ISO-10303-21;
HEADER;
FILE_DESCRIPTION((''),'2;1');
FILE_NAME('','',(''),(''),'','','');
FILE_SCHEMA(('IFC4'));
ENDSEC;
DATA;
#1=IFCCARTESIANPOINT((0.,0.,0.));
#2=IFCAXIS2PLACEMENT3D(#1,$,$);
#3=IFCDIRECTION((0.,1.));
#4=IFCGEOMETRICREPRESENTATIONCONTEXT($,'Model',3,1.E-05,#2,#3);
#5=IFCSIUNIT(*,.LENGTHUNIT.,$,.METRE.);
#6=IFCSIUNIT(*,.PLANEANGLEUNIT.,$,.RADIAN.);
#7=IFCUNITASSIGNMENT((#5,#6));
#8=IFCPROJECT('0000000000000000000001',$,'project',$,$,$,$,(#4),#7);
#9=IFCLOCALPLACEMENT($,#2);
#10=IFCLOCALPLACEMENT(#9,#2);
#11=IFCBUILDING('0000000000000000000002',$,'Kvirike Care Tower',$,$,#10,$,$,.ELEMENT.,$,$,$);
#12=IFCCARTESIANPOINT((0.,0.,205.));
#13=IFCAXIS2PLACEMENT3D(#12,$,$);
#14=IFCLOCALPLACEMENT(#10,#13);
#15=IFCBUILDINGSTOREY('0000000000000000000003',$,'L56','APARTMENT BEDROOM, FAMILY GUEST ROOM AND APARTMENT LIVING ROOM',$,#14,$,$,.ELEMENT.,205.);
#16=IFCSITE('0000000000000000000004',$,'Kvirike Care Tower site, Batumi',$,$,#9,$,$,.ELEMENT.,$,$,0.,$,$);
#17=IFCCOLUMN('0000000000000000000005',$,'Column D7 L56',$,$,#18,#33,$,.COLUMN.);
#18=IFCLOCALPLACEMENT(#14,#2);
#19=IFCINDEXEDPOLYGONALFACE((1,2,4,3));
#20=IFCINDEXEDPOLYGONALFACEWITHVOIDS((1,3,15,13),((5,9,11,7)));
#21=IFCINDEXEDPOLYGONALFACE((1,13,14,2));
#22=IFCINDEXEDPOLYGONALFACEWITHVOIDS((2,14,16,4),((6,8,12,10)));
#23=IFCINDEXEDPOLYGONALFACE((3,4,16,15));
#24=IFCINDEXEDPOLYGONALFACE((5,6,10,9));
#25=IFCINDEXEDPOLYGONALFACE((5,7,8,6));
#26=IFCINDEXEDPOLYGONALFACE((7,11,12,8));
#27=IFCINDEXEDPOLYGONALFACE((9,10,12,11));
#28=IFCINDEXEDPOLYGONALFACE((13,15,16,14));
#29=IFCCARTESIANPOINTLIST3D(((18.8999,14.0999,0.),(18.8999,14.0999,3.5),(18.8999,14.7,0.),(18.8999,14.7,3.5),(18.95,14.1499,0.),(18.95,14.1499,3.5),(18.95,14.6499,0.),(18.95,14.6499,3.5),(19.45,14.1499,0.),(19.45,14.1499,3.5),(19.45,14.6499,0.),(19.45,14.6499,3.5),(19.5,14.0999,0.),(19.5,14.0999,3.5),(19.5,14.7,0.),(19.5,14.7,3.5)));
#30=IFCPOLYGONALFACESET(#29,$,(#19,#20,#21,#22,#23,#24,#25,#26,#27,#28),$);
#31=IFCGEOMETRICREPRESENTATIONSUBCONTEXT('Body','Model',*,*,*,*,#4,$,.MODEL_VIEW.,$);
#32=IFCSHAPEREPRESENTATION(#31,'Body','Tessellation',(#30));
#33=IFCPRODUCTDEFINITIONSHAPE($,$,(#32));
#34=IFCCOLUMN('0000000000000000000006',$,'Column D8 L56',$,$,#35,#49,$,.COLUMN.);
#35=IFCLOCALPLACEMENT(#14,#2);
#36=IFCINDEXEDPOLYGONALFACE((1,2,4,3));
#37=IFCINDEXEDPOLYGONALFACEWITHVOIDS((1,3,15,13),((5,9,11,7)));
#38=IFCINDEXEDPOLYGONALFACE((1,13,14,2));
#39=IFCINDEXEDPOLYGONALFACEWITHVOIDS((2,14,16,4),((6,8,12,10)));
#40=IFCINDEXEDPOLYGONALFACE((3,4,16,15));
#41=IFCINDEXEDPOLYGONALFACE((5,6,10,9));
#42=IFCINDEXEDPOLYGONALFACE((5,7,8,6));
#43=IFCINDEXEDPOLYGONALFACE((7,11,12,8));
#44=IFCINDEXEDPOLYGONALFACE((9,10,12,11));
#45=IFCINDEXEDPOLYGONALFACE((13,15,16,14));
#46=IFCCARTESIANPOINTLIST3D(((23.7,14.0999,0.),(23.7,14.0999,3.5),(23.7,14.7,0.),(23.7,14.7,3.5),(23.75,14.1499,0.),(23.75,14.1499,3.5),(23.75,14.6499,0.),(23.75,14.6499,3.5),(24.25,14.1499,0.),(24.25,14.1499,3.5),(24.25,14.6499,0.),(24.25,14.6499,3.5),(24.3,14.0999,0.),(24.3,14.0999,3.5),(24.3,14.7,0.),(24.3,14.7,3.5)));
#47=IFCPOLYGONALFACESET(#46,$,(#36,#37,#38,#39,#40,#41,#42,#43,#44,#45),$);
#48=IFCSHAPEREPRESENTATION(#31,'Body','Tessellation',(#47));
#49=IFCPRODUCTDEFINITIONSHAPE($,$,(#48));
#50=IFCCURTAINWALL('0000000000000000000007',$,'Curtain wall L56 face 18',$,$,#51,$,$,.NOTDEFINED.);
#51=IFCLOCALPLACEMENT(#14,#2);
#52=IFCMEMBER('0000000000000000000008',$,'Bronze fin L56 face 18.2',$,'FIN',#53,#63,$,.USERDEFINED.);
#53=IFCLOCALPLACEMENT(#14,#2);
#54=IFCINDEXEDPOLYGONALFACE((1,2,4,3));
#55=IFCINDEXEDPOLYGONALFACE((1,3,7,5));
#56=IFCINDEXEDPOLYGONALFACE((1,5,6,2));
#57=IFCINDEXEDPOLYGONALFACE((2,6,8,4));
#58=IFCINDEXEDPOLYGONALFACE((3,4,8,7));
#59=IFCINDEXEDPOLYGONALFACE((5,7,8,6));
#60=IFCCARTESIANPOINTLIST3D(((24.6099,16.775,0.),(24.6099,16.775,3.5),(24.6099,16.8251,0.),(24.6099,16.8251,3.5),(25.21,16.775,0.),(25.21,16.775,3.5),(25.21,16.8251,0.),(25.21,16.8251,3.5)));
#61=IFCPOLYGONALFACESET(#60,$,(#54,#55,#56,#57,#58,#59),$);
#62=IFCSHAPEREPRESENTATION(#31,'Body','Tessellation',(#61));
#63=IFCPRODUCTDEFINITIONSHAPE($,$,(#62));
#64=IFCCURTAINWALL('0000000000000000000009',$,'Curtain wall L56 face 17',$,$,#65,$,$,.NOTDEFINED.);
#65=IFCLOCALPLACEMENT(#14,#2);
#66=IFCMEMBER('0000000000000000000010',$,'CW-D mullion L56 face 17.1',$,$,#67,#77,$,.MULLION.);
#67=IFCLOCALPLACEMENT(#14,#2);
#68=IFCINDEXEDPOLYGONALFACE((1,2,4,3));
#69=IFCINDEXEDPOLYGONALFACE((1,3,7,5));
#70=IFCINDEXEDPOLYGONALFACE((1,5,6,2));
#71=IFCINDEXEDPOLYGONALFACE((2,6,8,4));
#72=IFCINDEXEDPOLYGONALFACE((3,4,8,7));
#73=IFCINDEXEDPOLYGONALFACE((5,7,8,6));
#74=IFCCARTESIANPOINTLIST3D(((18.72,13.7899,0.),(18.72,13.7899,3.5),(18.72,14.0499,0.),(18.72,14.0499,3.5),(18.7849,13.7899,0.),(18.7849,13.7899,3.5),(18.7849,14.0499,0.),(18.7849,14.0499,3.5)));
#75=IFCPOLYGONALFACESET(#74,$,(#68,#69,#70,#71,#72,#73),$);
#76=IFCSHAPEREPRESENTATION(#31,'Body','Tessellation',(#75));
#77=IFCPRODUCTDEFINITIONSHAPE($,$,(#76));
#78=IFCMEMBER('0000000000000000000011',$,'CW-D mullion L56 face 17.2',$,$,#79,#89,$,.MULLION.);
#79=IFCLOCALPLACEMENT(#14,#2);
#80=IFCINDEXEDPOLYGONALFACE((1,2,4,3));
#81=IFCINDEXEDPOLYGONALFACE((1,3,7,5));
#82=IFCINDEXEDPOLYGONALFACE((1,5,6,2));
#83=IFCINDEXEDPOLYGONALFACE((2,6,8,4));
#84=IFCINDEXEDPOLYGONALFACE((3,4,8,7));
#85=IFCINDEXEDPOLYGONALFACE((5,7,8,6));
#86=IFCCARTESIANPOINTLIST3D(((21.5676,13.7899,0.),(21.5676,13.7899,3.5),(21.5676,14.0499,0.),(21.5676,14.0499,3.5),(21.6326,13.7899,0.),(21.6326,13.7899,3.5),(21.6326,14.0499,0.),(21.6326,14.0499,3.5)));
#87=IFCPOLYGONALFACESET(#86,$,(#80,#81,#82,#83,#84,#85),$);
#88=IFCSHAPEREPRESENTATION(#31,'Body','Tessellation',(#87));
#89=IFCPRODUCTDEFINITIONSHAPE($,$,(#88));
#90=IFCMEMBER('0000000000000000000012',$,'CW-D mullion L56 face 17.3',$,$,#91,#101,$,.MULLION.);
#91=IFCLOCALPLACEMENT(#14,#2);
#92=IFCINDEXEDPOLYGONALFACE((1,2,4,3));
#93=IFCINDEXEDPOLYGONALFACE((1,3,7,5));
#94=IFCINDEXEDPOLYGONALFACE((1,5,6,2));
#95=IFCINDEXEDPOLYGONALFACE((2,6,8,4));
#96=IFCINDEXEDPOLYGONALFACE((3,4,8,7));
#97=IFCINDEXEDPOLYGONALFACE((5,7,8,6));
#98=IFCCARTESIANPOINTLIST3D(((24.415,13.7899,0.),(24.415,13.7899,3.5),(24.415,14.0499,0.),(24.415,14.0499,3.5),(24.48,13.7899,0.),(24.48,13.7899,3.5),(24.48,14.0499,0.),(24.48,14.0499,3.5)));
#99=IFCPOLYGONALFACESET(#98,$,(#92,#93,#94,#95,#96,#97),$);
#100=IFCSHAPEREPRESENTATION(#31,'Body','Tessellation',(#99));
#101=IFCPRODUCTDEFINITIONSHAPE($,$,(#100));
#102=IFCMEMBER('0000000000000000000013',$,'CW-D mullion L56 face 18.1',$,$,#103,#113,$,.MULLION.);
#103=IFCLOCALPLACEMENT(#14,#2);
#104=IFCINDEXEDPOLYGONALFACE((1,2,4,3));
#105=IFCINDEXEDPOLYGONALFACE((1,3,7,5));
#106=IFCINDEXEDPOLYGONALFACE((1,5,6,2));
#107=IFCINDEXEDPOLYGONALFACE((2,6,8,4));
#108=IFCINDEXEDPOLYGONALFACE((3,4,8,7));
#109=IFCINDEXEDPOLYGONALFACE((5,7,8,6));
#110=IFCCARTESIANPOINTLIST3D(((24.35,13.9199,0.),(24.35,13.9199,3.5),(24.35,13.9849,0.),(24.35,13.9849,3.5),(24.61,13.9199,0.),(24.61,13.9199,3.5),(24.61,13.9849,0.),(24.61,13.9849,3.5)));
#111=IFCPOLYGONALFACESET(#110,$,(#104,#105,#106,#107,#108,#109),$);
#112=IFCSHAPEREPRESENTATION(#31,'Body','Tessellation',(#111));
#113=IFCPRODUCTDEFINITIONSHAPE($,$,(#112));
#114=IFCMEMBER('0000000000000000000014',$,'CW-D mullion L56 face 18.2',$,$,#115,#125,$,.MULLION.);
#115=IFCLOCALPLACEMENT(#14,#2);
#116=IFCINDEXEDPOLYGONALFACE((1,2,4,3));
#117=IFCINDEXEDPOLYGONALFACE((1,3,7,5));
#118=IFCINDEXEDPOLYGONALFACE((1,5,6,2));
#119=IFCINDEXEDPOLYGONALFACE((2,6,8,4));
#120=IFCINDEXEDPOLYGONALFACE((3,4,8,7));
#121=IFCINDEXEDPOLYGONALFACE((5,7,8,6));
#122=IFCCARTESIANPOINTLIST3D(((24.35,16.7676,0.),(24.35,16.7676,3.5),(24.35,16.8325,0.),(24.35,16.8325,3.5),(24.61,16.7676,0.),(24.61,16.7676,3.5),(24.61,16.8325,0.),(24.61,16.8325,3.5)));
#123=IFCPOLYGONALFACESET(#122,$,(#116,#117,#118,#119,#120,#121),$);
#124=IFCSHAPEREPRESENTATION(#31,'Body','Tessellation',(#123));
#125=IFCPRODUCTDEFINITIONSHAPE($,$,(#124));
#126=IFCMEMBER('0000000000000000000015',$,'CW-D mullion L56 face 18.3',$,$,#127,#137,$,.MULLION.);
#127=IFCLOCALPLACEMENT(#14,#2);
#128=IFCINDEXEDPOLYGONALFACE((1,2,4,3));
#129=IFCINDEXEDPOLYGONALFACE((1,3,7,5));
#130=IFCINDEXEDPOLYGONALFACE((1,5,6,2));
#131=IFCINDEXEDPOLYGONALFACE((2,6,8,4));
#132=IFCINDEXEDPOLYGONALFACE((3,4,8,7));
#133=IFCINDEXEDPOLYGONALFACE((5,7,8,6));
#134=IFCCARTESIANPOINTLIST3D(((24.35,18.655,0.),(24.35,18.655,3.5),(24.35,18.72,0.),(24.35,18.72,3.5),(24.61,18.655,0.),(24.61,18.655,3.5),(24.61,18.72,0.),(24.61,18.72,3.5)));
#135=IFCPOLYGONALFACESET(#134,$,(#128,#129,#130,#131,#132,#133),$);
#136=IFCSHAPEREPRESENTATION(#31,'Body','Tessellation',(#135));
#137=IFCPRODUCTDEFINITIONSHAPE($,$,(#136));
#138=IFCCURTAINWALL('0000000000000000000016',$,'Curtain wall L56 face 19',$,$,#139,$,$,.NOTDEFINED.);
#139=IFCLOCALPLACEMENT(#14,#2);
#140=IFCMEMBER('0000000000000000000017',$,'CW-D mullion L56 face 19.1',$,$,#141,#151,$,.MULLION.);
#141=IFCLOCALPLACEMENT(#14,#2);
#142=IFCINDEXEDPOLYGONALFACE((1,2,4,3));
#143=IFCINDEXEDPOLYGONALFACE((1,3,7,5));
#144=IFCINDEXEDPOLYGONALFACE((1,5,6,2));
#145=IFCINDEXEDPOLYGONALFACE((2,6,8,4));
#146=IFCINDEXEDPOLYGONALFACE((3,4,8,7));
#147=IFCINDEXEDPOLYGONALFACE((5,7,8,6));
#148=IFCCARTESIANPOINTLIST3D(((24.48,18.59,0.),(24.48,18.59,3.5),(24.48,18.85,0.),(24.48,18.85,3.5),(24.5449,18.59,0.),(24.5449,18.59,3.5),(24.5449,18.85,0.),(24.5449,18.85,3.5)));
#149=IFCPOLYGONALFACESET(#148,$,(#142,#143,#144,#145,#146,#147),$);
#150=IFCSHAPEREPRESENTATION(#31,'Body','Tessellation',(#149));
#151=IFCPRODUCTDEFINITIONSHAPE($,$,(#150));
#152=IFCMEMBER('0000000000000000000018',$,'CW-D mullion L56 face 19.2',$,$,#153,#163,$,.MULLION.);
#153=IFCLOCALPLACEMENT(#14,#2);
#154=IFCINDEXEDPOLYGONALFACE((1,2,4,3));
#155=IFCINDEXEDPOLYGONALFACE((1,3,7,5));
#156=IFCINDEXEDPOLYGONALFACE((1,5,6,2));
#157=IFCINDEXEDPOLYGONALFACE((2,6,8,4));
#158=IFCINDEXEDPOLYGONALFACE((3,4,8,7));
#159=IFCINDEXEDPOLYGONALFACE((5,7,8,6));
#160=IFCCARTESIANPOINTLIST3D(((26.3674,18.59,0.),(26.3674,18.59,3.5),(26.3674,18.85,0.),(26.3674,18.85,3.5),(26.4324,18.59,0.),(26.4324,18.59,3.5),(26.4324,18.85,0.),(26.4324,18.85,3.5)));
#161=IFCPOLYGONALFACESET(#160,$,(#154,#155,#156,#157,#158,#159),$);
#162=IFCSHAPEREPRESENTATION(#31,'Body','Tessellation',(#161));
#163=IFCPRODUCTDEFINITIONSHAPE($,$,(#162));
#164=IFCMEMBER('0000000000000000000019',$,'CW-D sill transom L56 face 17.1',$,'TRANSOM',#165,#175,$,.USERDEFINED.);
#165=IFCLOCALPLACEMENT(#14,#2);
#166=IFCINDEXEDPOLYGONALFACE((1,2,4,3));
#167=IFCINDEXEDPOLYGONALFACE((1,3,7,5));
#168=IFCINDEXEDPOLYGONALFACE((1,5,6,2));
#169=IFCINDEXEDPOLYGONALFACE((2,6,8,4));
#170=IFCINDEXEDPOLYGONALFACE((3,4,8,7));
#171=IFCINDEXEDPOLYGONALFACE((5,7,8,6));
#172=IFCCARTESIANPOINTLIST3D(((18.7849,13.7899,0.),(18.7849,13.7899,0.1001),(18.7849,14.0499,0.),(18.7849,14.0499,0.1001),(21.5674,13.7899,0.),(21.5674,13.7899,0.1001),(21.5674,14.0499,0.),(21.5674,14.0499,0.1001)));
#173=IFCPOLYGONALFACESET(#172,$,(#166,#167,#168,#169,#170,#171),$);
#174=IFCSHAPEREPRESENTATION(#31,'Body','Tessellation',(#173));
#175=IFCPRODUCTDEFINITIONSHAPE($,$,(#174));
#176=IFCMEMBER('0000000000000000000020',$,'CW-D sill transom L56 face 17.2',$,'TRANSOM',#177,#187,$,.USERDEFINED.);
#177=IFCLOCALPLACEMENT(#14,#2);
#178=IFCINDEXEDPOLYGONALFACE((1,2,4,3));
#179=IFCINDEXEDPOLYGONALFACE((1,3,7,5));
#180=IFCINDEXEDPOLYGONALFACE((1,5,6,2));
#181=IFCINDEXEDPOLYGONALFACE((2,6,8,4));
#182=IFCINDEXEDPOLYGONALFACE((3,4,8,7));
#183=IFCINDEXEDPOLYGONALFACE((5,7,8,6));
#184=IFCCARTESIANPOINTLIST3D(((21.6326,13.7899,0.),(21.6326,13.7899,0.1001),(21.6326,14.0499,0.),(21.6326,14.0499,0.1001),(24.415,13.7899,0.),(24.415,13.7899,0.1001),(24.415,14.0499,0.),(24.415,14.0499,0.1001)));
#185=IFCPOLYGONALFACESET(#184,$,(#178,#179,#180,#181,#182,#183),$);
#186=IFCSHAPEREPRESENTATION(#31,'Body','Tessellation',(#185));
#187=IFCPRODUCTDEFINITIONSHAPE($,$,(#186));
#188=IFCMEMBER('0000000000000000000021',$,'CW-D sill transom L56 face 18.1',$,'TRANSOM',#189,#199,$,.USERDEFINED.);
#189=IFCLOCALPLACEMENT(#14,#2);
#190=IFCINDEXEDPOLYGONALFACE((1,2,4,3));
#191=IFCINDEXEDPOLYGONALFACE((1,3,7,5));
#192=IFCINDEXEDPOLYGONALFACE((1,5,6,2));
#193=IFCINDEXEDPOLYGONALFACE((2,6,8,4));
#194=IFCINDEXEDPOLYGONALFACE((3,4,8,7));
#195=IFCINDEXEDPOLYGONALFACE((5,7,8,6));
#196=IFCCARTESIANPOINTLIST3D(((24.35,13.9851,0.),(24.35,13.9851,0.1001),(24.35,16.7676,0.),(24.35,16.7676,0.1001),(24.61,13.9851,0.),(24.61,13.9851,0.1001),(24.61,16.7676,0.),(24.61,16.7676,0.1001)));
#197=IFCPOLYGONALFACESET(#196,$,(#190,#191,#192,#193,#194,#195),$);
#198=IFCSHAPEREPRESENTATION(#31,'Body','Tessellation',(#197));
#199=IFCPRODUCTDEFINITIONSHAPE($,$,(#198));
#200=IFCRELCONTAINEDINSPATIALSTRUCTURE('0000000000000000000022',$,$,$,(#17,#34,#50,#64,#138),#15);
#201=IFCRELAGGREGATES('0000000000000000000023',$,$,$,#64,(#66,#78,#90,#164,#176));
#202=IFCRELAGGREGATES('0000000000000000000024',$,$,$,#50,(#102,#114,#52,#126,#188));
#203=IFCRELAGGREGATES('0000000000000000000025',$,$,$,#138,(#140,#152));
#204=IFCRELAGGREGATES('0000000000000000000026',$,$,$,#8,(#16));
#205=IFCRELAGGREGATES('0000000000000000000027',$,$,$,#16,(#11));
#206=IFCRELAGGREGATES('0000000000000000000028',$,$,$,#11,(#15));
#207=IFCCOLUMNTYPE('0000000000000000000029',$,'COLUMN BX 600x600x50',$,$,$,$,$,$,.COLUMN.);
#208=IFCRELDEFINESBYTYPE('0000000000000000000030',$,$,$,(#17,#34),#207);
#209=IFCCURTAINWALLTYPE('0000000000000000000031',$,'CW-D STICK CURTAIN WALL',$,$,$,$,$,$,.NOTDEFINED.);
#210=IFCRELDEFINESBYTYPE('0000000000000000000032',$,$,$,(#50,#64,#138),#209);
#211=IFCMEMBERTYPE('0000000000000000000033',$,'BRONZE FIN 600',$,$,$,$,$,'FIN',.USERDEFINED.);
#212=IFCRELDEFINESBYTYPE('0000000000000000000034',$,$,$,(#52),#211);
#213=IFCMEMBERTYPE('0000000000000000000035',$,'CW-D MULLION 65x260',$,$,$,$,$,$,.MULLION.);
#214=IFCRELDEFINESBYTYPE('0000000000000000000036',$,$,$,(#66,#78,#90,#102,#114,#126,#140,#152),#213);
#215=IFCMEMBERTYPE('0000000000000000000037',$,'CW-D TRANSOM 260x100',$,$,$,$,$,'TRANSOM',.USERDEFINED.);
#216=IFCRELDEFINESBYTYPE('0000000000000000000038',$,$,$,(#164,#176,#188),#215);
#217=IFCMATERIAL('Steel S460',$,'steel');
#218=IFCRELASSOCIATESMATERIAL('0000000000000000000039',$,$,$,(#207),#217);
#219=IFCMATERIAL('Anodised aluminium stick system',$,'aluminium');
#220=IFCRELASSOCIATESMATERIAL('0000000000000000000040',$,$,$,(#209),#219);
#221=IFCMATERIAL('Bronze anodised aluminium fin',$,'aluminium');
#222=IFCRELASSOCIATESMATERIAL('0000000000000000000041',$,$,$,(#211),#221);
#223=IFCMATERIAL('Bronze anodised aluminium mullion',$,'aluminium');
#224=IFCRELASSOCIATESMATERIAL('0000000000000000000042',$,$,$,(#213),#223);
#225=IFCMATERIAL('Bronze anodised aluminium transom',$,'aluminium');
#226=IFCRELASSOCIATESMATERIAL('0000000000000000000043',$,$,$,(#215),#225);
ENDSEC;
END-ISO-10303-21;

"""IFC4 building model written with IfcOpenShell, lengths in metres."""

from ifc_helpers import new_model, si_unit, direction, frame, origin, origin_2d, place, context, subcontext, project, spatial, rectangle, hollow_rectangle, extrude, material, material_profile, profile_set, type_object, element, aggregate, save


model = new_model("IFC4")

# Units and contexts
model_context = context("Model", 3, precision=1e-05, world=origin(), true_north=direction((0.0, 1.0)))
body_context = subcontext(model_context, "Body", "Model", "MODEL_VIEW")
ifc_project = project(units=[si_unit("LENGTHUNIT", "METRE"), si_unit("PLANEANGLEUNIT", "RADIAN")], contexts=[model_context])

# Site, building, storey
site_placement = place(None, origin())
site = spatial("IfcSite", under=ifc_project, at=site_placement, Name="Kvirike Care Tower site, Batumi", CompositionType="ELEMENT", RefElevation=0.0)
building_placement = place(site_placement, origin())
building = spatial("IfcBuilding", under=site, at=building_placement, Name="Kvirike Care Tower", CompositionType="ELEMENT")
storey_placement = place(building_placement, frame((0.0, 0.0, 205.0)))
storey = spatial("IfcBuildingStorey", under=building, at=storey_placement, Name="L56", Description="APARTMENT BEDROOM, FAMILY GUEST ROOM AND APARTMENT LIVING ROOM", CompositionType="ELEMENT", Elevation=205.0)

# Columns
ifc_material_1 = material(Name="Steel S460", Category="steel")
ifc_material_profile_1 = material_profile(ifc_material_1, hollow_rectangle(XDim=0.6001, YDim=0.6001, WallThickness=0.05, at=origin_2d()), Name="BX 600x600x50")
ifc_profile_set_1 = profile_set([ifc_material_profile_1], Name="Steel S460")
column_type = type_object("IfcColumnType", Name="COLUMN BX 600x600x50", PredefinedType="COLUMN", material=ifc_profile_set_1)
for number, where, z_axis, x_axis, name in (
    (1, (19.2, 14.3999, 0.0), (0.0, 0.0, 1.0), (0.0, 1.0, 0.0), "Column D7 L56"),
    (2, (24.0, 14.3999, 0.0), (0.0, 0.0, 1.0), (0.0, 1.0, 0.0), "Column D8 L56"),
):
    element("IfcColumn", number, at=place(storey_placement, frame(where, z_axis=z_axis, x_axis=x_axis)), inside=storey, type_object=column_type, Name=name, PredefinedType="COLUMN", context=body_context, shape_type="SweptSolid", body=[
        extrude(hollow_rectangle(XDim=0.6001, YDim=0.6001, WallThickness=0.05, at=origin_2d()), origin(), (0.0, 0.0, 1.0), 3.5),
    ])

# Curtain wall, member
ifc_material_2 = material(Name="Anodised aluminium stick system", Category="aluminium")
curtain_wall_type = type_object("IfcCurtainWallType", Name="CW-D STICK CURTAIN WALL", PredefinedType="NOTDEFINED", material=ifc_material_2)
curtain_wall_1_placement = place(storey_placement, origin())
curtain_wall_1 = element("IfcCurtainWall", 3, at=curtain_wall_1_placement, inside=storey, type_object=curtain_wall_type, Name="Curtain wall L56 face 18", PredefinedType="NOTDEFINED")
ifc_material_3 = material(Name="Bronze anodised aluminium fin", Category="aluminium")
ifc_material_profile_2 = material_profile(ifc_material_3, rectangle(XDim=0.05, YDim=0.6001, at=origin_2d()), Name="BRONZE FIN 600")
ifc_profile_set_2 = profile_set([ifc_material_profile_2], Name="Bronze anodised aluminium fin")
member_type_1 = type_object("IfcMemberType", Name="BRONZE FIN 600", ElementType="FIN", PredefinedType="USERDEFINED", material=ifc_profile_set_2)
member_1_placement = place(storey_placement, frame((24.9099, 16.8, 0.0), z_axis=(0.0, 0.0, 1.0), x_axis=(0.0, 1.0, 0.0)))
member_1 = element("IfcMember", 4, at=member_1_placement, type_object=member_type_1, Name="Bronze fin L56 face 18.2", ObjectType="FIN", PredefinedType="USERDEFINED", context=body_context, shape_type="SweptSolid", body=[
    extrude(rectangle(XDim=0.05, YDim=0.6001, at=origin_2d()), origin(), (0.0, 0.0, 1.0), 3.5),
])

# Curtain wall, members
curtain_wall_2_placement = place(storey_placement, origin())
curtain_wall_2 = element("IfcCurtainWall", 5, at=curtain_wall_2_placement, inside=storey, type_object=curtain_wall_type, Name="Curtain wall L56 face 17", PredefinedType="NOTDEFINED")
ifc_material_4 = material(Name="Bronze anodised aluminium mullion", Category="aluminium")
ifc_material_profile_3 = material_profile(ifc_material_4, rectangle(XDim=0.0649, YDim=0.26, at=origin_2d()), Name="CW-D MULLION 65x260")
ifc_profile_set_3 = profile_set([ifc_material_profile_3], Name="Bronze anodised aluminium mullion")
member_type_2 = type_object("IfcMemberType", Name="CW-D MULLION 65x260", PredefinedType="MULLION", material=ifc_profile_set_3)
member_2_placement = place(storey_placement, frame((18.7524, 13.9199, 0.0), z_axis=(0.0, 0.0, 1.0), x_axis=(1.0, 0.0, 0.0)))
member_2 = element("IfcMember", 6, at=member_2_placement, type_object=member_type_2, Name="CW-D mullion L56 face 17.1", PredefinedType="MULLION", context=body_context, shape_type="SweptSolid", body=[
    extrude(rectangle(XDim=0.0649, YDim=0.26, at=origin_2d()), origin(), (0.0, 0.0, 1.0), 3.5),
])
member_3_placement = place(storey_placement, frame((21.6001, 13.9199, 0.0), z_axis=(0.0, 0.0, 1.0), x_axis=(1.0, 0.0, 0.0)))
member_3 = element("IfcMember", 7, at=member_3_placement, type_object=member_type_2, Name="CW-D mullion L56 face 17.2", PredefinedType="MULLION", context=body_context, shape_type="SweptSolid", body=[
    extrude(rectangle(XDim=0.0649, YDim=0.26, at=origin_2d()), origin(), (0.0, 0.0, 1.0), 3.5),
])
member_4_placement = place(storey_placement, frame((24.4475, 13.9199, 0.0), z_axis=(0.0, 0.0, 1.0), x_axis=(1.0, 0.0, 0.0)))
member_4 = element("IfcMember", 8, at=member_4_placement, type_object=member_type_2, Name="CW-D mullion L56 face 17.3", PredefinedType="MULLION", context=body_context, shape_type="SweptSolid", body=[
    extrude(rectangle(XDim=0.0649, YDim=0.26, at=origin_2d()), origin(), (0.0, 0.0, 1.0), 3.5),
])

# Members
member_5_placement = place(storey_placement, frame((24.48, 13.9524, 0.0), z_axis=(0.0, 0.0, 1.0), x_axis=(0.0, 1.0, 0.0)))
member_5 = element("IfcMember", 9, at=member_5_placement, type_object=member_type_2, Name="CW-D mullion L56 face 18.1", PredefinedType="MULLION", context=body_context, shape_type="SweptSolid", body=[
    extrude(rectangle(XDim=0.0649, YDim=0.26, at=origin_2d()), origin(), (0.0, 0.0, 1.0), 3.5),
])
member_6_placement = place(storey_placement, frame((24.48, 16.8, 0.0), z_axis=(0.0, 0.0, 1.0), x_axis=(0.0, 1.0, 0.0)))
member_6 = element("IfcMember", 10, at=member_6_placement, type_object=member_type_2, Name="CW-D mullion L56 face 18.2", PredefinedType="MULLION", context=body_context, shape_type="SweptSolid", body=[
    extrude(rectangle(XDim=0.0649, YDim=0.26, at=origin_2d()), origin(), (0.0, 0.0, 1.0), 3.5),
])
member_7_placement = place(storey_placement, frame((24.48, 18.6875, 0.0), z_axis=(0.0, 0.0, 1.0), x_axis=(0.0, 1.0, 0.0)))
member_7 = element("IfcMember", 11, at=member_7_placement, type_object=member_type_2, Name="CW-D mullion L56 face 18.3", PredefinedType="MULLION", context=body_context, shape_type="SweptSolid", body=[
    extrude(rectangle(XDim=0.0649, YDim=0.26, at=origin_2d()), origin(), (0.0, 0.0, 1.0), 3.5),
])

# Curtain wall, members
curtain_wall_3_placement = place(storey_placement, origin())
curtain_wall_3 = element("IfcCurtainWall", 12, at=curtain_wall_3_placement, inside=storey, type_object=curtain_wall_type, Name="Curtain wall L56 face 19", PredefinedType="NOTDEFINED")
member_8_placement = place(storey_placement, frame((24.5125, 18.72, 0.0), z_axis=(0.0, 0.0, 1.0), x_axis=(1.0, 0.0, 0.0)))
member_8 = element("IfcMember", 13, at=member_8_placement, type_object=member_type_2, Name="CW-D mullion L56 face 19.1", PredefinedType="MULLION", context=body_context, shape_type="SweptSolid", body=[
    extrude(rectangle(XDim=0.0649, YDim=0.26, at=origin_2d()), origin(), (0.0, 0.0, 1.0), 3.5),
])
member_9_placement = place(storey_placement, frame((26.3999, 18.72, 0.0), z_axis=(0.0, 0.0, 1.0), x_axis=(1.0, 0.0, 0.0)))
member_9 = element("IfcMember", 14, at=member_9_placement, type_object=member_type_2, Name="CW-D mullion L56 face 19.2", PredefinedType="MULLION", context=body_context, shape_type="SweptSolid", body=[
    extrude(rectangle(XDim=0.0649, YDim=0.26, at=origin_2d()), origin(), (0.0, 0.0, 1.0), 3.5),
])

# Members
ifc_material_5 = material(Name="Bronze anodised aluminium transom", Category="aluminium")
ifc_material_profile_4 = material_profile(ifc_material_5, rectangle(XDim=0.26, YDim=0.1001, at=origin_2d()), Name="CW-D TRANSOM 260x100")
ifc_profile_set_4 = profile_set([ifc_material_profile_4], Name="Bronze anodised aluminium transom")
member_type_3 = type_object("IfcMemberType", Name="CW-D TRANSOM 260x100", ElementType="TRANSOM", PredefinedType="USERDEFINED", material=ifc_profile_set_4)
member_10_placement = place(storey_placement, frame((18.7849, 13.9199, 0.05), z_axis=(1.0, 0.0, 0.0), x_axis=(0.0, 1.0, 0.0)))
member_10 = element("IfcMember", 15, at=member_10_placement, type_object=member_type_3, Name="CW-D sill transom L56 face 17.1", ObjectType="TRANSOM", PredefinedType="USERDEFINED", context=body_context, shape_type="SweptSolid", body=[
    extrude(rectangle(XDim=0.26, YDim=0.1001, at=origin_2d()), origin(), (0.0, 0.0, 1.0), 2.7825),
])
member_11_placement = place(storey_placement, frame((21.6326, 13.9199, 0.05), z_axis=(1.0, 0.0, 0.0), x_axis=(0.0, 1.0, 0.0)))
member_11 = element("IfcMember", 16, at=member_11_placement, type_object=member_type_3, Name="CW-D sill transom L56 face 17.2", ObjectType="TRANSOM", PredefinedType="USERDEFINED", context=body_context, shape_type="SweptSolid", body=[
    extrude(rectangle(XDim=0.26, YDim=0.1001, at=origin_2d()), origin(), (0.0, 0.0, 1.0), 2.7825),
])
member_12_placement = place(storey_placement, frame((24.48, 13.9851, 0.05), z_axis=(0.0, 1.0, 0.0), x_axis=(-1.0, 0.0, 0.0)))
member_12 = element("IfcMember", 17, at=member_12_placement, type_object=member_type_3, Name="CW-D sill transom L56 face 18.1", ObjectType="TRANSOM", PredefinedType="USERDEFINED", context=body_context, shape_type="SweptSolid", body=[
    extrude(rectangle(XDim=0.26, YDim=0.1001, at=origin_2d()), origin(), (0.0, 0.0, 1.0), 2.7825),
])

aggregate(curtain_wall_2, [member_2, member_3, member_4, member_10, member_11])
aggregate(curtain_wall_1, [member_5, member_6, member_1, member_7, member_12])
aggregate(curtain_wall_3, [member_8, member_9])

save(model, "model.ifc")
